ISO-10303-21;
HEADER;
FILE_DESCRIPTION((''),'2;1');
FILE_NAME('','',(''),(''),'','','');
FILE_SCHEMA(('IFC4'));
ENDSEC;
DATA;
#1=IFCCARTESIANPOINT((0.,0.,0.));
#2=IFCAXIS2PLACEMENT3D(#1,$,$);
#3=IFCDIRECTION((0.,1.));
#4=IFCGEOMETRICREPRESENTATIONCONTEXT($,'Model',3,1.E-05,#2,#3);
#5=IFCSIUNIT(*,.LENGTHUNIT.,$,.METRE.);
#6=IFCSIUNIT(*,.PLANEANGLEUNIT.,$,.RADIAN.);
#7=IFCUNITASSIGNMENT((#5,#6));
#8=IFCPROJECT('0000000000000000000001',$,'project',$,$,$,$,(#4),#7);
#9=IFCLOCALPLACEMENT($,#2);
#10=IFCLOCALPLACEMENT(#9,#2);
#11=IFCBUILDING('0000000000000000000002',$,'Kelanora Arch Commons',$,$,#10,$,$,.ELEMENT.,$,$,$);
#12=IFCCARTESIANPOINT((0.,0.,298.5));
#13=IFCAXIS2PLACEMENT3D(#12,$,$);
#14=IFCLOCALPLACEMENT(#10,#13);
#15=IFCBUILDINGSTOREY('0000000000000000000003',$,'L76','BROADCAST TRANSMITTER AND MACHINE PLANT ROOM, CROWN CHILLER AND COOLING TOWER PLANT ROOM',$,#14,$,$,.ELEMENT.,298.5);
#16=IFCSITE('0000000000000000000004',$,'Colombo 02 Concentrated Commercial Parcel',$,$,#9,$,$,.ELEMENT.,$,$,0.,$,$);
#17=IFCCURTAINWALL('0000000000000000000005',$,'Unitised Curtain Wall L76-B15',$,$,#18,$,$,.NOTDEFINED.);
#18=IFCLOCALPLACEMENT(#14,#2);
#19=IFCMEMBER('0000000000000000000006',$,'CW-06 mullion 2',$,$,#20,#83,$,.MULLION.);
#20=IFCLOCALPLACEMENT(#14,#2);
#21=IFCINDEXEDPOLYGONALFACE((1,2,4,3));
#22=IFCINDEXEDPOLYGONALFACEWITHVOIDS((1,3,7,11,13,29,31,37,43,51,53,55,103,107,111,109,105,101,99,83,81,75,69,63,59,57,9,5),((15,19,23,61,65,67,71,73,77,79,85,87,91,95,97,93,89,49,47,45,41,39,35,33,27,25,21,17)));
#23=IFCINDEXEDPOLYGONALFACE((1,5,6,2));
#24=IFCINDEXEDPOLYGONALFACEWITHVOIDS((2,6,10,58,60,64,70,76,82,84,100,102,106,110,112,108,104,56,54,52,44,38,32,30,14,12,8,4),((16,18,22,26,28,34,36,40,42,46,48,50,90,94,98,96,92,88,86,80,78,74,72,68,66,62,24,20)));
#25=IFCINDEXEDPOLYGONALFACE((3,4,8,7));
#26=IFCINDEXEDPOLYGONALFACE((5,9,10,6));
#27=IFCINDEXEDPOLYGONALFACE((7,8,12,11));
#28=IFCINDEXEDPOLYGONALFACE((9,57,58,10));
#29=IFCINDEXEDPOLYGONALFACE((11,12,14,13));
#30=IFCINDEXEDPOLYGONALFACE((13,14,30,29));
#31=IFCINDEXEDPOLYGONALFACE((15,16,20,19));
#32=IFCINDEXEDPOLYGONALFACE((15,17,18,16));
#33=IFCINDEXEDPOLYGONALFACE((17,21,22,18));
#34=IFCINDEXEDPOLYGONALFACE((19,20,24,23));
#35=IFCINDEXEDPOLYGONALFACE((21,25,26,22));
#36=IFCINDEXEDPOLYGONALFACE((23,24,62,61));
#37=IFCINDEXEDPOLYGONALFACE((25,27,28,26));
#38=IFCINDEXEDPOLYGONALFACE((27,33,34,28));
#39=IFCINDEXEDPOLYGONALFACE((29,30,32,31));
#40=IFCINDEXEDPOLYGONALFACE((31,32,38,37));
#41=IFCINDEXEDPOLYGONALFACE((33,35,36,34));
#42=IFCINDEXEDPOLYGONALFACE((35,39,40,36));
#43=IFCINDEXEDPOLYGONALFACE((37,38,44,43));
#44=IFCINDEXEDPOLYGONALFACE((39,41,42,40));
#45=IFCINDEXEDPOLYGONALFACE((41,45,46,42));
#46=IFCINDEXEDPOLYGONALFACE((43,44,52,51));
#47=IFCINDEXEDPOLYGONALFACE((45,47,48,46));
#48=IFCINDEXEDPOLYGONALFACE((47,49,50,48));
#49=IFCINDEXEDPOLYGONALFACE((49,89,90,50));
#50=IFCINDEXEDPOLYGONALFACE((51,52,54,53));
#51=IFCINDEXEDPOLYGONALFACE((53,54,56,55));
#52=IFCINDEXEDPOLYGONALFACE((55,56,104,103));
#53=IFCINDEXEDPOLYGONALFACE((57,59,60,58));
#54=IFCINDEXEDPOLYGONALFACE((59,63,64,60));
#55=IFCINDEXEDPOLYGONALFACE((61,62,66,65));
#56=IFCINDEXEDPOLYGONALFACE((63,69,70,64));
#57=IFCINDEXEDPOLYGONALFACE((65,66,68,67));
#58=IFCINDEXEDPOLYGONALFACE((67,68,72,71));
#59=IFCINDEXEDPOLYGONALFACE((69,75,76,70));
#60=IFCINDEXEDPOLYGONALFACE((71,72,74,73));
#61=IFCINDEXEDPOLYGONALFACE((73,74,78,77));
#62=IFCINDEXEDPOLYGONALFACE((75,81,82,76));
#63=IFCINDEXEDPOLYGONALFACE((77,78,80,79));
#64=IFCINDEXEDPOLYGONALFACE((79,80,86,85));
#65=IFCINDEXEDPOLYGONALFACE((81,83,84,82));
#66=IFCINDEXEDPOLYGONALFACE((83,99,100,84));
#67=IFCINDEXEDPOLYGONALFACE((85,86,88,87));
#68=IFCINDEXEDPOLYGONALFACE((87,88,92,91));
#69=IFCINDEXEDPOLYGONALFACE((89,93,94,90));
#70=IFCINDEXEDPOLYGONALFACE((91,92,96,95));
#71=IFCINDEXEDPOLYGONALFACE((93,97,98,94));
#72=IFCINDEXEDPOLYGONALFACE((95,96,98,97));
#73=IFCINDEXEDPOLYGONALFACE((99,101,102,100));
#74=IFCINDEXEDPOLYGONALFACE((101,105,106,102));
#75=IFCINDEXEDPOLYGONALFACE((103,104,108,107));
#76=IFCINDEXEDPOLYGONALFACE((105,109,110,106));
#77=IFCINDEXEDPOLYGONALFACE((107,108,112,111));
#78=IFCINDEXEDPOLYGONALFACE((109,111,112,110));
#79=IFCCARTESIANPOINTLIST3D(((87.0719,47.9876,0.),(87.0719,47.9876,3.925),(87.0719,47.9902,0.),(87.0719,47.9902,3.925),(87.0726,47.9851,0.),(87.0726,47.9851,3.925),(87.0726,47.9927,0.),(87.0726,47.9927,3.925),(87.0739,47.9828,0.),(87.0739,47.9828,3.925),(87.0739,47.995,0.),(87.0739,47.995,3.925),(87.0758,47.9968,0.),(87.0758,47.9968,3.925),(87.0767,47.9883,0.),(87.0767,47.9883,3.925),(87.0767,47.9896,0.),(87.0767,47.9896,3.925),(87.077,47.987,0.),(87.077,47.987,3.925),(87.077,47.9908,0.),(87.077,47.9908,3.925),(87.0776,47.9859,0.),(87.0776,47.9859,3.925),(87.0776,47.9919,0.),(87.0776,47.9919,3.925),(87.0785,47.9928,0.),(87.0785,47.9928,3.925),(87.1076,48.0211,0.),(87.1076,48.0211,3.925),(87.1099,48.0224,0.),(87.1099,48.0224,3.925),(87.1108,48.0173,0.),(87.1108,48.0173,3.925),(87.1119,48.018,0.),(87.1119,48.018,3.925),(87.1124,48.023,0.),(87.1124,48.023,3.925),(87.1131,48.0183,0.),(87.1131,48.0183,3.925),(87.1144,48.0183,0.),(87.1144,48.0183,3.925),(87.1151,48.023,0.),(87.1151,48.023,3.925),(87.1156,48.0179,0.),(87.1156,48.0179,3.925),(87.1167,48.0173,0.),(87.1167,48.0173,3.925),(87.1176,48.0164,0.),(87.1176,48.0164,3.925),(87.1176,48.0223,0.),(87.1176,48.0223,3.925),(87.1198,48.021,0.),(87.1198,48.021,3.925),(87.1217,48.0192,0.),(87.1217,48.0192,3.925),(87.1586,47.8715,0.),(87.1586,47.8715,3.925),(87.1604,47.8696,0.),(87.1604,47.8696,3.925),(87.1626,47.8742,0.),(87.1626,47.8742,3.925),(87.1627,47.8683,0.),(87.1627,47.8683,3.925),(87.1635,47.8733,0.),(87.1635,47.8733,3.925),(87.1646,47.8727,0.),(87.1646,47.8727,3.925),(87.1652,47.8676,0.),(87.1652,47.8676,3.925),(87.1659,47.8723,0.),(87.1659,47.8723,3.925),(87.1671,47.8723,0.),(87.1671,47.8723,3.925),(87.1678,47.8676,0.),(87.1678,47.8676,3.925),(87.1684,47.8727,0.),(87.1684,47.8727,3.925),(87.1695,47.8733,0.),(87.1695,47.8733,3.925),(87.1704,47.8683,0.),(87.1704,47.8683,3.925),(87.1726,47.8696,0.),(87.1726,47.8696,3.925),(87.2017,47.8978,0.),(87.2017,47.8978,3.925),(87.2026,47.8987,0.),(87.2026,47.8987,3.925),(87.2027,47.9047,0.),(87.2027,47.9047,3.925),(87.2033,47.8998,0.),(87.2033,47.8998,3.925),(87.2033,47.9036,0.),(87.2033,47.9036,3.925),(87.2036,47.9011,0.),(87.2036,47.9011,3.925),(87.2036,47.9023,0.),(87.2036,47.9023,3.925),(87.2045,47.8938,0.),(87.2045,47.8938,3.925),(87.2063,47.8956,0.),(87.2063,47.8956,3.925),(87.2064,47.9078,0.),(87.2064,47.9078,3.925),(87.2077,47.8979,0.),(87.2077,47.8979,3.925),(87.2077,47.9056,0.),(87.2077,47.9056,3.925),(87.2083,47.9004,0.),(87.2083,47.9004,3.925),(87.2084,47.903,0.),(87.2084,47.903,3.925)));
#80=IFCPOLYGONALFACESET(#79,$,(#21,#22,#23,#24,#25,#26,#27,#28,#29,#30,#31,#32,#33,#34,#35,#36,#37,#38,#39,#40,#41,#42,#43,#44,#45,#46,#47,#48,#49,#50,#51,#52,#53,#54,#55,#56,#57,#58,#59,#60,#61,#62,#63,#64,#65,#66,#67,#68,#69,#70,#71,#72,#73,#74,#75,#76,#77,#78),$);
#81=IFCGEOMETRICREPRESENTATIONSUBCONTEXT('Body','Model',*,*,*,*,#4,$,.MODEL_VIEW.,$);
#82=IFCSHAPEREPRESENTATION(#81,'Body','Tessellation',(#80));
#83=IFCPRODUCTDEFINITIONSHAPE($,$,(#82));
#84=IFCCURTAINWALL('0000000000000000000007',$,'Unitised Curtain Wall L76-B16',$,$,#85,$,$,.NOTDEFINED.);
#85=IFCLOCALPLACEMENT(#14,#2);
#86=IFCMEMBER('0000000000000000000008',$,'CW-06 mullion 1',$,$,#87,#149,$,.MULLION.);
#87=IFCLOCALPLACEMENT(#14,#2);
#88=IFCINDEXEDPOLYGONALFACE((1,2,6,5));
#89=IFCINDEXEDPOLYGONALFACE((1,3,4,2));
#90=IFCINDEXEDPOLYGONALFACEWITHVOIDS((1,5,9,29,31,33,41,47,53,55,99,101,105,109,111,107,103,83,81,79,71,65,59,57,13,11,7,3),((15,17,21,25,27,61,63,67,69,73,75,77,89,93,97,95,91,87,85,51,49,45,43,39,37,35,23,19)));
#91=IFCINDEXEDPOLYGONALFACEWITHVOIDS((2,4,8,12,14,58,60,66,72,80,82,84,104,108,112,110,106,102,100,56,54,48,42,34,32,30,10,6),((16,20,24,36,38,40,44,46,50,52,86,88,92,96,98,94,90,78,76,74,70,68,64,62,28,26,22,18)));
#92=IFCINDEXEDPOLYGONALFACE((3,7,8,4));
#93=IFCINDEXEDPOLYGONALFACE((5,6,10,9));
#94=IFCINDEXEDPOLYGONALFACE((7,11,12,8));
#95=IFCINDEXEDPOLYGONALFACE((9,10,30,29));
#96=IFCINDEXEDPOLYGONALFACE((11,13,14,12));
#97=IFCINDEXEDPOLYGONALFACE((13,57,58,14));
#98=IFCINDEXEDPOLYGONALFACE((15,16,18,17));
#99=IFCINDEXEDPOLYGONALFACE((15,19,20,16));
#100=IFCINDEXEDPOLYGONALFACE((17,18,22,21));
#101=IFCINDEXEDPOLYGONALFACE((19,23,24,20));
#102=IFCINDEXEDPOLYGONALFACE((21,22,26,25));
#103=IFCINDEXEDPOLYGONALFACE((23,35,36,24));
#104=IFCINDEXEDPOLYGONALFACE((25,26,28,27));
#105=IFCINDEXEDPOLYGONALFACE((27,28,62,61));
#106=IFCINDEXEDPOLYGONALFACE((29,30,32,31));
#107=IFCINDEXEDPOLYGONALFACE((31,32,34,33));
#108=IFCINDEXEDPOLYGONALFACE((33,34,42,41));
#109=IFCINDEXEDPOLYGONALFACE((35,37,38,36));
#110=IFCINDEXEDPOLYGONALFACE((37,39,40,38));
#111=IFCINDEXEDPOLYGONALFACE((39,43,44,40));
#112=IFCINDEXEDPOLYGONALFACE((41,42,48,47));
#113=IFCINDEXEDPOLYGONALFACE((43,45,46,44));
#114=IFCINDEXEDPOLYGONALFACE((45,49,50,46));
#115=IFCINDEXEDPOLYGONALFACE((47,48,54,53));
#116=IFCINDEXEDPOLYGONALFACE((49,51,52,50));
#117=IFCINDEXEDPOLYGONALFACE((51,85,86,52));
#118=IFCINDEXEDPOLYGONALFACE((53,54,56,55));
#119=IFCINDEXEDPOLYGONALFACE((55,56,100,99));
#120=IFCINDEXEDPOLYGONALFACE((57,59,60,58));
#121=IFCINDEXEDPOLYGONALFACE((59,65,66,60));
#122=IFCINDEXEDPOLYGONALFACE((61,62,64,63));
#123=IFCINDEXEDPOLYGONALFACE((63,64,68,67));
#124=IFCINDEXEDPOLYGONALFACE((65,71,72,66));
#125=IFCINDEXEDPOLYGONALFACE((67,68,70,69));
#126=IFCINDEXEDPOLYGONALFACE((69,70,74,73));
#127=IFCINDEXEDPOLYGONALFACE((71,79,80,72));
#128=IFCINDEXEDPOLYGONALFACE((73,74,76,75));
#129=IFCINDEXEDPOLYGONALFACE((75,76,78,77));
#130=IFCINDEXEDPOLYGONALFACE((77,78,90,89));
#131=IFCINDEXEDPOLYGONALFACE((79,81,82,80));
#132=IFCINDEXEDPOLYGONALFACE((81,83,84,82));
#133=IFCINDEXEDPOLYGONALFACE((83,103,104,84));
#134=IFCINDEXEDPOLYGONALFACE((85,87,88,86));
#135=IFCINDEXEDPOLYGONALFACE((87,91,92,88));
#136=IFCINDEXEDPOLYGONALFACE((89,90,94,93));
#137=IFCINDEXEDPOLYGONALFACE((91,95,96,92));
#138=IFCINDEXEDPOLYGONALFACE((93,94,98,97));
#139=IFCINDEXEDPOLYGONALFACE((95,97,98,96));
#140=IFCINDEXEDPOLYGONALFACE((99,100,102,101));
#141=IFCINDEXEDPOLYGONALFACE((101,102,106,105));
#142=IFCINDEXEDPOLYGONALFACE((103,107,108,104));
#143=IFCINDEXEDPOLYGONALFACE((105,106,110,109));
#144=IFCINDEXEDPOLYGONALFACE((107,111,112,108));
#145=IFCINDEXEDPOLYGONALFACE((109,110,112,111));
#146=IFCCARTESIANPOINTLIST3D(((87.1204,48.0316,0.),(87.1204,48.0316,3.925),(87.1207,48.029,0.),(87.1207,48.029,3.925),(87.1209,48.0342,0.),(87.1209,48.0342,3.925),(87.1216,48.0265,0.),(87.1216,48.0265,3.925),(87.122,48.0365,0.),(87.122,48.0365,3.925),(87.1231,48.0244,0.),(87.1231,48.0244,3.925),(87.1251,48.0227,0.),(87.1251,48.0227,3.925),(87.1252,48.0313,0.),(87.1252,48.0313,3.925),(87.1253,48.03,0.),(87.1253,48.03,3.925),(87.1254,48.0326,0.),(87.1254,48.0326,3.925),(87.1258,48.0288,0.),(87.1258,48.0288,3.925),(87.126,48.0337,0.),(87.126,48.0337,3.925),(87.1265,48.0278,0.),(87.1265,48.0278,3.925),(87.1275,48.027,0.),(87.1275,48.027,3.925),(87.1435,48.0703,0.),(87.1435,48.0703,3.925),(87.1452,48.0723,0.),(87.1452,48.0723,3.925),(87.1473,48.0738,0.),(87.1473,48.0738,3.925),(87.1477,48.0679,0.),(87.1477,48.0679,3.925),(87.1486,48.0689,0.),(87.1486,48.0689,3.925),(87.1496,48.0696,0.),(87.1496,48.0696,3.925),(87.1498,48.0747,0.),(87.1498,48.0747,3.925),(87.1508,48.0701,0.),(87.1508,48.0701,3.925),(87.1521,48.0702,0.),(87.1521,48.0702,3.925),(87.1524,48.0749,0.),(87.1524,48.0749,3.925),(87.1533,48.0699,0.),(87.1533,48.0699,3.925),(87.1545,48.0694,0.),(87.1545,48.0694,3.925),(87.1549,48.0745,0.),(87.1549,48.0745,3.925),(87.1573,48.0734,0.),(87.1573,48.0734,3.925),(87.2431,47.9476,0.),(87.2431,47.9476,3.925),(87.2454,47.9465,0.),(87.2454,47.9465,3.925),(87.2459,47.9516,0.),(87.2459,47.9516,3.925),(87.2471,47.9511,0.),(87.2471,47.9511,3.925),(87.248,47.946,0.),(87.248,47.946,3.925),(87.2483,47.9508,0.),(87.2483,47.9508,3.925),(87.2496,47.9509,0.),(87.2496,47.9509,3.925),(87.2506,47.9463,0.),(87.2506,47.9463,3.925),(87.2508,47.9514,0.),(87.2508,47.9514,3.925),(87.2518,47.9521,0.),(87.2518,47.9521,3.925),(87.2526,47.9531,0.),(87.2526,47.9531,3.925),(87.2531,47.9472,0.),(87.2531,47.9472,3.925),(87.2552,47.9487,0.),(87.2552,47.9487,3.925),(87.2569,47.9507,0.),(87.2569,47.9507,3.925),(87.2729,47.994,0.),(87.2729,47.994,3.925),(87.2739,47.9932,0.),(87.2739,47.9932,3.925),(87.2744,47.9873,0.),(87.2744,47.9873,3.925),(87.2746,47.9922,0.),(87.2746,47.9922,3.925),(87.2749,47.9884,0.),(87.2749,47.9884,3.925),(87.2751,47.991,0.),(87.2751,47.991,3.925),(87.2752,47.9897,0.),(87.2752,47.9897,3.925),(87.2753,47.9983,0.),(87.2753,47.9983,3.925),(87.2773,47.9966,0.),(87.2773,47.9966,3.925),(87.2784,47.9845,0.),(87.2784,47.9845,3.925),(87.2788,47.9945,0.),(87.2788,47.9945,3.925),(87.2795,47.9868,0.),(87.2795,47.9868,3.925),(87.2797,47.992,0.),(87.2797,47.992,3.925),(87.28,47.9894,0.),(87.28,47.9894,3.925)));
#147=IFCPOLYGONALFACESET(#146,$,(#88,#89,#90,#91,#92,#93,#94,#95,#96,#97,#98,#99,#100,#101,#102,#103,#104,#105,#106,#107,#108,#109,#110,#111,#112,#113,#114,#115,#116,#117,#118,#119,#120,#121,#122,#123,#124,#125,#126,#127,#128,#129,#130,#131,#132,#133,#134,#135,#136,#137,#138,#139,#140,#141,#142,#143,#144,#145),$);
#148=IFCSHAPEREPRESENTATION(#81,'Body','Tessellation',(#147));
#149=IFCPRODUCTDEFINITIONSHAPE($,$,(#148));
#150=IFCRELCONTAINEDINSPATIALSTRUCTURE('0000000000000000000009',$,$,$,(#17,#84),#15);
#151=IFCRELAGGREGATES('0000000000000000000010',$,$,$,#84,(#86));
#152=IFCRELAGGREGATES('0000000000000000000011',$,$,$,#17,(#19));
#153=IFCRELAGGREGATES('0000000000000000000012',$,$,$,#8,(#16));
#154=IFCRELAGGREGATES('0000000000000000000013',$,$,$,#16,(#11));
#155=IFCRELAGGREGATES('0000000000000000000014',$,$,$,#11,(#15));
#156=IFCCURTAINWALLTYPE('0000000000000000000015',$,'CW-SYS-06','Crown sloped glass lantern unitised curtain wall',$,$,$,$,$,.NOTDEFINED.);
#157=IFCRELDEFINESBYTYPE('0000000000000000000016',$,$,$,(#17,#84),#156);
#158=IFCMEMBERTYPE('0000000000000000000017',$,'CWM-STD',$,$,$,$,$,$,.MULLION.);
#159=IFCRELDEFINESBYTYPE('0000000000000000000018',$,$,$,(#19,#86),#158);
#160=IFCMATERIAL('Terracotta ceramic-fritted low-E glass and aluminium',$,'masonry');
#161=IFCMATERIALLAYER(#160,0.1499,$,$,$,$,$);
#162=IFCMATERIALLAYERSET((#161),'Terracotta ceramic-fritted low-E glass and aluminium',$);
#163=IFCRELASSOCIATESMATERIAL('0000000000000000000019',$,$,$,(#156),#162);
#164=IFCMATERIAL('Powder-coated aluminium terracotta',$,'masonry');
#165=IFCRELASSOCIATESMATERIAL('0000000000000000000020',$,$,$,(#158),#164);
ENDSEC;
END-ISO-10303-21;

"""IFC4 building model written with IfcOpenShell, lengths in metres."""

from ifc_helpers import new_model, si_unit, direction, frame, origin, origin_2d, place, context, subcontext, project, spatial, hollow_rectangle, extrude, material, layer, layer_set, material_profile, profile_set, type_object, element, aggregate, save


model = new_model("IFC4")

# Units and contexts
model_context = context("Model", 3, precision=1e-05, world=origin(), true_north=direction((0.0, 1.0)))
body_context = subcontext(model_context, "Body", "Model", "MODEL_VIEW")
ifc_project = project(units=[si_unit("LENGTHUNIT", "METRE"), si_unit("PLANEANGLEUNIT", "RADIAN")], contexts=[model_context])

# Site, building, storey
site_placement = place(None, origin())
site = spatial("IfcSite", under=ifc_project, at=site_placement, Name="Colombo 02 Concentrated Commercial Parcel", CompositionType="ELEMENT", RefElevation=0.0)
building_placement = place(site_placement, origin())
building = spatial("IfcBuilding", under=site, at=building_placement, Name="Kelanora Arch Commons", CompositionType="ELEMENT")
storey_placement = place(building_placement, frame((0.0, 0.0, 298.5)))
storey = spatial("IfcBuildingStorey", under=building, at=storey_placement, Name="L76", Description="BROADCAST TRANSMITTER AND MACHINE PLANT ROOM, CROWN CHILLER AND COOLING TOWER PLANT ROOM", CompositionType="ELEMENT", Elevation=298.5)

# Shared definitions
ifc_material_1 = material(Name="Terracotta ceramic-fritted low-E glass and aluminium", Category="masonry")
ifc_layer_1 = layer(ifc_material_1, 0.1499)
ifc_layer_set_1 = layer_set([ifc_layer_1], Name="Terracotta ceramic-fritted low-E glass and aluminium")
curtain_wall_type = type_object("IfcCurtainWallType", Name="CW-SYS-06", Description="Crown sloped glass lantern unitised curtain wall", PredefinedType="NOTDEFINED", material=ifc_layer_set_1)
ifc_material_2 = material(Name="Powder-coated aluminium terracotta", Category="masonry")
ifc_material_profile_1 = material_profile(ifc_material_2, hollow_rectangle(XDim=0.1599, YDim=0.0601, WallThickness=0.0049, InnerFilletRadius=0.0049, OuterFilletRadius=0.01, at=origin_2d()), Name="CWM160x60")
ifc_profile_set_1 = profile_set([ifc_material_profile_1], Name="Powder-coated aluminium terracotta")
member_type_1 = type_object("IfcMemberType", Name="CWM-STD", PredefinedType="MULLION", material=ifc_profile_set_1)

# Curtain wall, member
curtain_wall_1_placement = place(storey_placement, origin())
curtain_wall_1 = element("IfcCurtainWall", 1, at=curtain_wall_1_placement, inside=storey, type_object=curtain_wall_type, Name="Unitised Curtain Wall L76-B15", PredefinedType="NOTDEFINED")
member_1_placement = place(storey_placement, frame((87.1401, 47.9453, 0.0), z_axis=(0.0, 0.0, 1.0), x_axis=(-0.605596, 0.795772, 0.0)))
member_1 = element("IfcMember", 2, at=member_1_placement, type_object=member_type_1, Name="CW-06 mullion 2", PredefinedType="MULLION", context=body_context, shape_type="SweptSolid", body=[
    extrude(hollow_rectangle(XDim=0.1599, YDim=0.0601, WallThickness=0.0049, InnerFilletRadius=0.0049, OuterFilletRadius=0.01, at=origin_2d()), origin(), (0.0, 0.0, 1.0), 3.925),
])

# Curtain wall, member
curtain_wall_2_placement = place(storey_placement, origin())
curtain_wall_2 = element("IfcCurtainWall", 3, at=curtain_wall_2_placement, inside=storey, type_object=curtain_wall_type, Name="Unitised Curtain Wall L76-B16", PredefinedType="NOTDEFINED")
member_2_placement = place(storey_placement, frame((87.2002, 48.0105, 0.0), z_axis=(0.0, 0.0, 1.0), x_axis=(-0.843592, 0.536984, 0.0)))
member_2 = element("IfcMember", 4, at=member_2_placement, type_object=member_type_1, Name="CW-06 mullion 1", PredefinedType="MULLION", context=body_context, shape_type="SweptSolid", body=[
    extrude(hollow_rectangle(XDim=0.1599, YDim=0.0601, WallThickness=0.0049, InnerFilletRadius=0.0049, OuterFilletRadius=0.01, at=origin_2d()), origin(), (0.0, 0.0, 1.0), 3.925),
])

aggregate(curtain_wall_2, [member_2])

aggregate(curtain_wall_1, [member_1])

save(model, "model.ifc")
